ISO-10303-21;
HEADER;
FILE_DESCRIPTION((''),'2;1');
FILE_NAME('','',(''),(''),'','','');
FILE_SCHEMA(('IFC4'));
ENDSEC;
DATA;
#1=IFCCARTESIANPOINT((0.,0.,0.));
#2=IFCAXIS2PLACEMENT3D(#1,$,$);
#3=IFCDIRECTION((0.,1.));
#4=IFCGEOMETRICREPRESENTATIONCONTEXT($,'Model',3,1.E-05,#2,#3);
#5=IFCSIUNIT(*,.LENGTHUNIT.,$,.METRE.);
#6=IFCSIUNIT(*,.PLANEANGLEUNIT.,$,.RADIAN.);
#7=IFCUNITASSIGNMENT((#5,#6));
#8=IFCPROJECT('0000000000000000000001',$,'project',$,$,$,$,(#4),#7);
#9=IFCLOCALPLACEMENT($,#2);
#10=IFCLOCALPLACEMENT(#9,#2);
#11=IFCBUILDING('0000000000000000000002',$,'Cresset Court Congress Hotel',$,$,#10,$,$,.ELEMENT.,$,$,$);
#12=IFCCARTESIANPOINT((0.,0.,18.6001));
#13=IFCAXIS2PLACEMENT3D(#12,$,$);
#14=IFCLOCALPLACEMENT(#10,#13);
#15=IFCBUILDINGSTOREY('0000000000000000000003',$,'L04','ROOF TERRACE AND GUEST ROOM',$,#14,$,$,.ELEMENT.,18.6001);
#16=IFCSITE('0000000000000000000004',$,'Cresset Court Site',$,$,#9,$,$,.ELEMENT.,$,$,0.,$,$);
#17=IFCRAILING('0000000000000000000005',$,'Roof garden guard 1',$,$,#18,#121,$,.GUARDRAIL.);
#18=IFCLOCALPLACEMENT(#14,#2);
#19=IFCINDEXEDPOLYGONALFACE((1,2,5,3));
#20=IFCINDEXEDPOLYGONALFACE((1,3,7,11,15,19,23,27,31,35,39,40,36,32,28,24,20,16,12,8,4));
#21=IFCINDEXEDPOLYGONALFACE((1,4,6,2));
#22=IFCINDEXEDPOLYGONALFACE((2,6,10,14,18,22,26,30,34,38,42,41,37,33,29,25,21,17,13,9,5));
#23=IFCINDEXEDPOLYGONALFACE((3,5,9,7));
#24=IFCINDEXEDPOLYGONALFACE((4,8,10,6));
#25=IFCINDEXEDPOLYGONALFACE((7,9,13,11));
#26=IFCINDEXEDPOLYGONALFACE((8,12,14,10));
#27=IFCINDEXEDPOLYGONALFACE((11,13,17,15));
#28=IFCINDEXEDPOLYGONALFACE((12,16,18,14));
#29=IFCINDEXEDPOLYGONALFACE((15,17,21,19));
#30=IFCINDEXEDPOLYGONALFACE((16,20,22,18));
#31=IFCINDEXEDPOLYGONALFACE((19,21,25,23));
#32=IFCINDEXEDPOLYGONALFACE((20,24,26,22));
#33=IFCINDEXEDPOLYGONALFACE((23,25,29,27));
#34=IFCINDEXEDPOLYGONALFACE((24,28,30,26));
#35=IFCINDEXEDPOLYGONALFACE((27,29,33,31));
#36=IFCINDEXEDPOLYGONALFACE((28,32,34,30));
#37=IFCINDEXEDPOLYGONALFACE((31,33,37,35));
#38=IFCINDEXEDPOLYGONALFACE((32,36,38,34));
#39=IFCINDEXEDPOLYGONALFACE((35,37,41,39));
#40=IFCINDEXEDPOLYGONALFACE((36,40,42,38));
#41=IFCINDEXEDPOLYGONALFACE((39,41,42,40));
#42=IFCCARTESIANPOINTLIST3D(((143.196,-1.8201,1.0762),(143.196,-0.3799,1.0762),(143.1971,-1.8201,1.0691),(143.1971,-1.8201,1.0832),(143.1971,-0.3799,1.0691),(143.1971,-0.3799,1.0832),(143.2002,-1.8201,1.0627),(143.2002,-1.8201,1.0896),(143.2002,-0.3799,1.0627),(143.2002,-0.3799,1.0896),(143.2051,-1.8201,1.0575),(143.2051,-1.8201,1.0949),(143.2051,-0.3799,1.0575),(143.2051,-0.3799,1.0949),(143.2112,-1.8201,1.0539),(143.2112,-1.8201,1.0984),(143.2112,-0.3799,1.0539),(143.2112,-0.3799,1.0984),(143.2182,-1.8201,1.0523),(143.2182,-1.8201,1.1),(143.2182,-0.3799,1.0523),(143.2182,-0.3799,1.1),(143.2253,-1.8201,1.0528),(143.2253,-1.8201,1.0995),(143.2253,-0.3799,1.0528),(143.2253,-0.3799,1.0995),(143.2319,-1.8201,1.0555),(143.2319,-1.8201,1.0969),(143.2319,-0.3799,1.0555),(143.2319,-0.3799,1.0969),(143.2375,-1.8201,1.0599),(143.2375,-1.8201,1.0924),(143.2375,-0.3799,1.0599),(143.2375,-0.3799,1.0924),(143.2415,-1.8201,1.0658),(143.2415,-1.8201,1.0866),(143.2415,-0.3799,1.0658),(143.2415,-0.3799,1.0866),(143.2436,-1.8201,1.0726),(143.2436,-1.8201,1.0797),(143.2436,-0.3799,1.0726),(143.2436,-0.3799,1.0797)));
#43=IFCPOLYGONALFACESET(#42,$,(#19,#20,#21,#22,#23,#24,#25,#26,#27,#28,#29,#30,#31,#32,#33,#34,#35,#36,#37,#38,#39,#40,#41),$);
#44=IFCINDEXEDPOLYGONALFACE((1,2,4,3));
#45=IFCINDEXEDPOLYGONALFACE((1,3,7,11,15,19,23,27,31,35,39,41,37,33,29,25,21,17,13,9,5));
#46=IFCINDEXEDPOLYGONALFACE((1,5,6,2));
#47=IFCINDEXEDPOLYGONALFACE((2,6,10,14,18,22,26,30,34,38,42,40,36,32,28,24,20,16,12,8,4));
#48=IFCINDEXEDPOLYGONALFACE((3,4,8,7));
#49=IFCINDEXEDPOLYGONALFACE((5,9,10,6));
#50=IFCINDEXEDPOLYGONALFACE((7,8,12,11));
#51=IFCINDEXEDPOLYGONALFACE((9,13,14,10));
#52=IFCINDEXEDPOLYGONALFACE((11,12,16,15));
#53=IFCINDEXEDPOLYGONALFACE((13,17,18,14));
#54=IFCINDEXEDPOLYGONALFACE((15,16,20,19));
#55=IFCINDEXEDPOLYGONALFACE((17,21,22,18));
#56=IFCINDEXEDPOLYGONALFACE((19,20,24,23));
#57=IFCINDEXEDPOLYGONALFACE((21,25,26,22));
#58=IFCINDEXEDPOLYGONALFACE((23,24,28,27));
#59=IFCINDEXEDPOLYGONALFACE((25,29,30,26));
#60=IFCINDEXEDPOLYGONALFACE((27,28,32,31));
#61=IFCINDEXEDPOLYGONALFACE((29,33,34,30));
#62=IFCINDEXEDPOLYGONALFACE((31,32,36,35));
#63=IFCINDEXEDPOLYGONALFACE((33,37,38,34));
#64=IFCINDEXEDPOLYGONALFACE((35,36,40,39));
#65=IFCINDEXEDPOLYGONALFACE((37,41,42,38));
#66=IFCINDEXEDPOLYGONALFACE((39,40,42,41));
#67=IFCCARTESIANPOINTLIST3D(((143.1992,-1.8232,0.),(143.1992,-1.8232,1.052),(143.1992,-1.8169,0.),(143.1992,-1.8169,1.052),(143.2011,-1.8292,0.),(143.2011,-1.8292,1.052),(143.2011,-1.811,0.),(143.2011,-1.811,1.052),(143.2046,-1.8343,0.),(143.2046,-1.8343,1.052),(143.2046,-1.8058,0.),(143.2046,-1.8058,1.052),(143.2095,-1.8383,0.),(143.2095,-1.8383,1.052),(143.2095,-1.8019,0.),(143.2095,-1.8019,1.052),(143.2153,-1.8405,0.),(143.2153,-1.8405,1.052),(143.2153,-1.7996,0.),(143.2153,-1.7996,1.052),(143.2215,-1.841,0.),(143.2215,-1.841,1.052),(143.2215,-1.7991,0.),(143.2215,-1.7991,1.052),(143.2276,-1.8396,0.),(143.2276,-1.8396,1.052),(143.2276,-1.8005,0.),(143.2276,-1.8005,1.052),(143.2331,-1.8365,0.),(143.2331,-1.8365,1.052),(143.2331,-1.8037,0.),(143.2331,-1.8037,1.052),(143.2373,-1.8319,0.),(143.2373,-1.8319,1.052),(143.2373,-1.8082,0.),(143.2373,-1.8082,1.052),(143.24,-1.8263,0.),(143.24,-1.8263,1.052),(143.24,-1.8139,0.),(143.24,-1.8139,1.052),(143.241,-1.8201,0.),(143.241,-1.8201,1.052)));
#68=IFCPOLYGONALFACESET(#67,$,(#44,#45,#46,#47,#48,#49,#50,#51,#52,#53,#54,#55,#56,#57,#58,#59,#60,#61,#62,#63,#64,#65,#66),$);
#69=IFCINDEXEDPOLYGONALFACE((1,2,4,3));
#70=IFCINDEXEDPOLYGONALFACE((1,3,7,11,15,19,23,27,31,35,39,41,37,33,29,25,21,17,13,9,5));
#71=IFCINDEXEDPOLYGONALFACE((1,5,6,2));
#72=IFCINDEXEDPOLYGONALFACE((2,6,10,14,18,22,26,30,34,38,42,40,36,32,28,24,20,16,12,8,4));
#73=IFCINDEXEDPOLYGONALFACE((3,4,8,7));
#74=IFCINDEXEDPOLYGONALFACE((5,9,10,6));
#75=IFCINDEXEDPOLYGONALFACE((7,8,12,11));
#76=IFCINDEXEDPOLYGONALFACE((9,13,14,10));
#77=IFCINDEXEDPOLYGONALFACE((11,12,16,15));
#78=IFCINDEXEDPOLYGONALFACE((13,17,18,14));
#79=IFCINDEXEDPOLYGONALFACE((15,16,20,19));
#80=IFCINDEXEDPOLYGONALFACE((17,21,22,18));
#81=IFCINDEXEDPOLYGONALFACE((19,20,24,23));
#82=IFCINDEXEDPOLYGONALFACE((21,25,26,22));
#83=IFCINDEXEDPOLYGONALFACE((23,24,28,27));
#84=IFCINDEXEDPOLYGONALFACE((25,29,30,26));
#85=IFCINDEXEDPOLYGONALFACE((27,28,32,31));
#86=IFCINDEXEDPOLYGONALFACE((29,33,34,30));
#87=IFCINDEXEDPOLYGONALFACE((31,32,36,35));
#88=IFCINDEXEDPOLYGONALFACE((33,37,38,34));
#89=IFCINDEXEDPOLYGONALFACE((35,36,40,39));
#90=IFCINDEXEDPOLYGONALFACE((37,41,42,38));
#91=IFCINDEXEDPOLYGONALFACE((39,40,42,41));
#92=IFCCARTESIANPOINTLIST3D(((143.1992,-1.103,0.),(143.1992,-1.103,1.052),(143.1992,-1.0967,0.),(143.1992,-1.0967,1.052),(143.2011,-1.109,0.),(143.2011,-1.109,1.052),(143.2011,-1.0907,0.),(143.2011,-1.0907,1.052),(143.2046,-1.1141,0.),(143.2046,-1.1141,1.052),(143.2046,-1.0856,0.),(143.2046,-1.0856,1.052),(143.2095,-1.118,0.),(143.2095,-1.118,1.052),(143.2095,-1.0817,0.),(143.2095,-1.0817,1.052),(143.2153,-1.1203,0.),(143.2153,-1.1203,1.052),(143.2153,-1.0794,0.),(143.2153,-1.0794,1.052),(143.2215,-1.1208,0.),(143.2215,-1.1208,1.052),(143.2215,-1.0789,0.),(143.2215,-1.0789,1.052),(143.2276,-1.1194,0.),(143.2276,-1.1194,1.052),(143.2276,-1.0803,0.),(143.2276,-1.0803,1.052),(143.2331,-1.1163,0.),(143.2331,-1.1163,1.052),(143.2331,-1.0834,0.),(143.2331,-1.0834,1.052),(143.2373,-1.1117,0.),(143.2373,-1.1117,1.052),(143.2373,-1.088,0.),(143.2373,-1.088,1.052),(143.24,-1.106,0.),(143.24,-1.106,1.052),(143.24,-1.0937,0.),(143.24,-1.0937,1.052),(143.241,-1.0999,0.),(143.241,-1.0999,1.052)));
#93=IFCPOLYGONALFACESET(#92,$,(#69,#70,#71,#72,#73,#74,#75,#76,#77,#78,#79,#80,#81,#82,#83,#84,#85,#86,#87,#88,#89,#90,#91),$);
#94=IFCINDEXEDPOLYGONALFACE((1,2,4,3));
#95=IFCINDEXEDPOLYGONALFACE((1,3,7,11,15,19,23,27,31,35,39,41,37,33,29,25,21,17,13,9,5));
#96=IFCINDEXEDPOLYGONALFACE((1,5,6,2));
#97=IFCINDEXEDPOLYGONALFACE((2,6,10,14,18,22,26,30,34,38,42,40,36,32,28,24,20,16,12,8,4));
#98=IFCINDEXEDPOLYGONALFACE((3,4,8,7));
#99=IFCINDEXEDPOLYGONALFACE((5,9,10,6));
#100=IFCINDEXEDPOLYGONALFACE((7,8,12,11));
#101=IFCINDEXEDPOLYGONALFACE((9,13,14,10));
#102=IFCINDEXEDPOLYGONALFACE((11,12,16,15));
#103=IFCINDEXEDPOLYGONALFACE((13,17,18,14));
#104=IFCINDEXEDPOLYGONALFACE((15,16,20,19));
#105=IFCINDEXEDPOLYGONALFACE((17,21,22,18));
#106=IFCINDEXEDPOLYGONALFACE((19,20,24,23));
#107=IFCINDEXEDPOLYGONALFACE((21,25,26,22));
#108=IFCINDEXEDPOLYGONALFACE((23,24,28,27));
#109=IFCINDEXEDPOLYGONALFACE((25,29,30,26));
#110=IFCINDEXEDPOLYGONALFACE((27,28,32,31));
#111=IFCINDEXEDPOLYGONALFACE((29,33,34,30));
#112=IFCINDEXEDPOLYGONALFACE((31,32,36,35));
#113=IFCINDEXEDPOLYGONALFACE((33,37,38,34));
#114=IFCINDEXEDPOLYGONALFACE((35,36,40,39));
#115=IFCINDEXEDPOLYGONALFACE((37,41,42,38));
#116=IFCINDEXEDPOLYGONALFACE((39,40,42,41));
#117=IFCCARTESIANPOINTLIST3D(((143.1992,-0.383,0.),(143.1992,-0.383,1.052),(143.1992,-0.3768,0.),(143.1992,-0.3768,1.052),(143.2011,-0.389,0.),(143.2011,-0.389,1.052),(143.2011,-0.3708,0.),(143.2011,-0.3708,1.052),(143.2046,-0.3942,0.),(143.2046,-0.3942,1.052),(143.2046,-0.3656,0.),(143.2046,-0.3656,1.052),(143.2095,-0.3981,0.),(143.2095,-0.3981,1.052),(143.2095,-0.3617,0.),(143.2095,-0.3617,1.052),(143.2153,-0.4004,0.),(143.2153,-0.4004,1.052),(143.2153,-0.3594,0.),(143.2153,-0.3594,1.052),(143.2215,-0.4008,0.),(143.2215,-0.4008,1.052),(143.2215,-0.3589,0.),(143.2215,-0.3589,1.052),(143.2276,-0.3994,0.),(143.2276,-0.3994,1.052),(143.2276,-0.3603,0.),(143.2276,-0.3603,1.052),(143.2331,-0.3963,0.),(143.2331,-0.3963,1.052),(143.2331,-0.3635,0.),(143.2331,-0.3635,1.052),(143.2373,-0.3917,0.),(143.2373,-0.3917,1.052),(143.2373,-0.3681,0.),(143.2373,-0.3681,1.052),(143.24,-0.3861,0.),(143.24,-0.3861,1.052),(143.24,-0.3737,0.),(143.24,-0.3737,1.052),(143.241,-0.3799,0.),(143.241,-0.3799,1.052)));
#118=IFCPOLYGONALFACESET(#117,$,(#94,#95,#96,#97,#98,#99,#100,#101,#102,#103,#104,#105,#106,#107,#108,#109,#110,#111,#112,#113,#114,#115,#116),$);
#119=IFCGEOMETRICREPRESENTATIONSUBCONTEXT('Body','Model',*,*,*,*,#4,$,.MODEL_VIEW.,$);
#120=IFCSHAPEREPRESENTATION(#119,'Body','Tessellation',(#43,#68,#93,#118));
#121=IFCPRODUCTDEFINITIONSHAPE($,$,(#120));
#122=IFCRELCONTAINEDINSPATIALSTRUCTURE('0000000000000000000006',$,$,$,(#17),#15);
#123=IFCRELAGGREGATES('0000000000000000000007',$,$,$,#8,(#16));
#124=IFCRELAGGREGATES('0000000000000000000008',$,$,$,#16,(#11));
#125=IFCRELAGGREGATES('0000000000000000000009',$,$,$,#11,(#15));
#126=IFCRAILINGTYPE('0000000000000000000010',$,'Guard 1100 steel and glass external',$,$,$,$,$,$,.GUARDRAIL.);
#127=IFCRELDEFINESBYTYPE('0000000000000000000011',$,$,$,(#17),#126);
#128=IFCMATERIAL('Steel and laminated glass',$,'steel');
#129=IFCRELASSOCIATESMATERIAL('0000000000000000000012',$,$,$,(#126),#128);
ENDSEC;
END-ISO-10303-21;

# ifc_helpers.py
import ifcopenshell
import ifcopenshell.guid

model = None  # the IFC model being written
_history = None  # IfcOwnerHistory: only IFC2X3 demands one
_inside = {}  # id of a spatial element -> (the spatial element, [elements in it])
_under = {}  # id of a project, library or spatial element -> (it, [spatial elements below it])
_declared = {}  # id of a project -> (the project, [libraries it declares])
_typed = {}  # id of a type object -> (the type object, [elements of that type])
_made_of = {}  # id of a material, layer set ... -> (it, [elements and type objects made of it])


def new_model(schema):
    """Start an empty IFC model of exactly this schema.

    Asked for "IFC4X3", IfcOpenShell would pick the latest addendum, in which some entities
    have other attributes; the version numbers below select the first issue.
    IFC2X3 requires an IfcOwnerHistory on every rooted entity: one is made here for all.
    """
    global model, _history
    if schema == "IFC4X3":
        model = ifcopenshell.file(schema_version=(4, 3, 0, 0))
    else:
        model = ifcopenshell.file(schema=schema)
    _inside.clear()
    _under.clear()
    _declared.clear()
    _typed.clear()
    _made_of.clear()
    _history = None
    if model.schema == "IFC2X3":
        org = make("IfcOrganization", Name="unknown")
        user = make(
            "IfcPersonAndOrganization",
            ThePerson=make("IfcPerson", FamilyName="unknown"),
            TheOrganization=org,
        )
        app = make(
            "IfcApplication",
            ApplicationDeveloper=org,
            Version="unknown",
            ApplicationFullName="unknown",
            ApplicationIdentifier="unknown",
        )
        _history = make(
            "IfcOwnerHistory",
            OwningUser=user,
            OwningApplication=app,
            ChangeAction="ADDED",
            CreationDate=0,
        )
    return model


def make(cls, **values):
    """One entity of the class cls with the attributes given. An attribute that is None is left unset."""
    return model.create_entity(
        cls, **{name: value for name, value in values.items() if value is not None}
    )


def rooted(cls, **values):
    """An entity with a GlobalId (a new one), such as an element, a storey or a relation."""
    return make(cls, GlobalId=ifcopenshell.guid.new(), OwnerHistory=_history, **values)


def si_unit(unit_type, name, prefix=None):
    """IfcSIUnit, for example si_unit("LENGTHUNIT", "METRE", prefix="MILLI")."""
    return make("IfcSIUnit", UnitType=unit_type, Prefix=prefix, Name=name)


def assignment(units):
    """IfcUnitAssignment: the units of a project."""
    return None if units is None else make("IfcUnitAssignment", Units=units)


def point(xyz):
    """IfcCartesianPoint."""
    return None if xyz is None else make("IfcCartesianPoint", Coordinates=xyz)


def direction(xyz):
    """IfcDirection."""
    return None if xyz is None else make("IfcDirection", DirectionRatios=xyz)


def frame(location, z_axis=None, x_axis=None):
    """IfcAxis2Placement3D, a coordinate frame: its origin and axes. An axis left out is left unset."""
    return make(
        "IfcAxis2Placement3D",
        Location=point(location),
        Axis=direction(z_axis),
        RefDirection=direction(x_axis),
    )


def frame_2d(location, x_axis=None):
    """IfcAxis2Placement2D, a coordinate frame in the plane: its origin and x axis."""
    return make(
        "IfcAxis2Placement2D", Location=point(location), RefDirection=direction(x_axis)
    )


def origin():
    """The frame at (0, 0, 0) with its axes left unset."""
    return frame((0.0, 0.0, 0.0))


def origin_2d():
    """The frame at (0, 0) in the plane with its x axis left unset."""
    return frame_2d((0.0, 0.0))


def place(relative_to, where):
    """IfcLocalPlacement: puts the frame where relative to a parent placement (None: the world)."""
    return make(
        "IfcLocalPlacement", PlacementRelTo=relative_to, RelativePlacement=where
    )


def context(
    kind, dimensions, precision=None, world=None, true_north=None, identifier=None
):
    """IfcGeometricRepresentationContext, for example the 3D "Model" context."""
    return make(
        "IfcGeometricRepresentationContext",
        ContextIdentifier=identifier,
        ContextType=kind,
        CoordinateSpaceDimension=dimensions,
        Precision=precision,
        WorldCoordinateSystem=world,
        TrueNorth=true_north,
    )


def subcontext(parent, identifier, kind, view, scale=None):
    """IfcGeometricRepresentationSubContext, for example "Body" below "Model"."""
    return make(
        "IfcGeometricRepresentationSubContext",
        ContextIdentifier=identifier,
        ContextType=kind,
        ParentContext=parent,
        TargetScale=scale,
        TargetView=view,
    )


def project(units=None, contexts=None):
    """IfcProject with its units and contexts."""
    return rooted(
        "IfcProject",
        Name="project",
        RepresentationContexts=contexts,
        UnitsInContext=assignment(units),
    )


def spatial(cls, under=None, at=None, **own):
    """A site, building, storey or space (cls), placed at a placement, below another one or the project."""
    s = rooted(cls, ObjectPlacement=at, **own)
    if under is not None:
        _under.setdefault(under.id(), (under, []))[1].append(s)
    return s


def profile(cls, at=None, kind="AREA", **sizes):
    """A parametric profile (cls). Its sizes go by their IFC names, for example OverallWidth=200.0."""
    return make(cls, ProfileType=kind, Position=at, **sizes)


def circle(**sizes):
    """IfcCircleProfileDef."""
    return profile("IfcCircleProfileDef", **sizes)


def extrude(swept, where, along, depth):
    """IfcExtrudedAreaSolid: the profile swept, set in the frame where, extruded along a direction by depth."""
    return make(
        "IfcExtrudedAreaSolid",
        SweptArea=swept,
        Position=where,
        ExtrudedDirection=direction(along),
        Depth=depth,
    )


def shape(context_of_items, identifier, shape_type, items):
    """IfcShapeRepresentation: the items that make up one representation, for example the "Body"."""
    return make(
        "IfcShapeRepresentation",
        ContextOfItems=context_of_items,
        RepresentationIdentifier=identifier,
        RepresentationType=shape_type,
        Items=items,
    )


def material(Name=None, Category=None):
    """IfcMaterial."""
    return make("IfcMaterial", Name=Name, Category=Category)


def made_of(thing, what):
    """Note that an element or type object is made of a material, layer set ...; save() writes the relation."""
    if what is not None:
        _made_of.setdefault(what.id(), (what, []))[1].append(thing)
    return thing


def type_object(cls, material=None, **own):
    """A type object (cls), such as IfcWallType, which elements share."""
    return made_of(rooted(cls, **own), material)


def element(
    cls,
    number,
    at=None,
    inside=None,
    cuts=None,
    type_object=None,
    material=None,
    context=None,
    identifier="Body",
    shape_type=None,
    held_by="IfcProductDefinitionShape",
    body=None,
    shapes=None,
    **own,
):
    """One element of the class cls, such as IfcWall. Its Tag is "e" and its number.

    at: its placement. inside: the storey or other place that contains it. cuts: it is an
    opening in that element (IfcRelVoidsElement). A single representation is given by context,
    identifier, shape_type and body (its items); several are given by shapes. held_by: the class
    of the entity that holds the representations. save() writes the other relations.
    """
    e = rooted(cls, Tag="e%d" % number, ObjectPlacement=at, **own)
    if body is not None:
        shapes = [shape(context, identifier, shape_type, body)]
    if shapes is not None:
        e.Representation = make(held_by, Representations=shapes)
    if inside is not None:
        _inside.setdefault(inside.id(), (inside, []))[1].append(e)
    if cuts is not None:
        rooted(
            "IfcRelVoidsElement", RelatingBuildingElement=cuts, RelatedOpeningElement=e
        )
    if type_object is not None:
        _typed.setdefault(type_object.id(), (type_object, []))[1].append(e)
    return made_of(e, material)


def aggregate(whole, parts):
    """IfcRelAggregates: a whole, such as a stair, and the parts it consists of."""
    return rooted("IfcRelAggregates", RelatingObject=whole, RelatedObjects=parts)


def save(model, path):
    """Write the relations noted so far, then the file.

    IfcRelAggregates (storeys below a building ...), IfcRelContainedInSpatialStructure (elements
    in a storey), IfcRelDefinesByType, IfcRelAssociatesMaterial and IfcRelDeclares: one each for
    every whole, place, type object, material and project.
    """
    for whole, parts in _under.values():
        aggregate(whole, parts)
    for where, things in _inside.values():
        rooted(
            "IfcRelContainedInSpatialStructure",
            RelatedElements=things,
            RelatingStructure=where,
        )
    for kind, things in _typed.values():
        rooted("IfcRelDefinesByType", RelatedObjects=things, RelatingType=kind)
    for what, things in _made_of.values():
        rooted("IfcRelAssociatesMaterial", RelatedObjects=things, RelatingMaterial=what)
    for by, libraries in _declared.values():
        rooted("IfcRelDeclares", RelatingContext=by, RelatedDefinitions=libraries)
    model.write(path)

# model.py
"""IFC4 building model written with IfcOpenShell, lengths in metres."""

from ifc_helpers import new_model, si_unit, direction, frame, origin, origin_2d, place, context, subcontext, project, spatial, circle, extrude, material, type_object, element, save


model = new_model("IFC4")

# Units and contexts
model_context = context("Model", 3, precision=1e-05, world=origin(), true_north=direction((0.0, 1.0)))
body_context = subcontext(model_context, "Body", "Model", "MODEL_VIEW")
ifc_project = project(units=[si_unit("LENGTHUNIT", "METRE"), si_unit("PLANEANGLEUNIT", "RADIAN")], contexts=[model_context])

# Site, building, storey
site_placement = place(None, origin())
site = spatial("IfcSite", under=ifc_project, at=site_placement, Name="Cresset Court Site", CompositionType="ELEMENT", RefElevation=0.0)
building_placement = place(site_placement, origin())
building = spatial("IfcBuilding", under=site, at=building_placement, Name="Cresset Court Congress Hotel", CompositionType="ELEMENT")
storey_placement = place(building_placement, frame((0.0, 0.0, 18.6001)))
storey = spatial("IfcBuildingStorey", under=building, at=storey_placement, Name="L04", Description="ROOF TERRACE AND GUEST ROOM", CompositionType="ELEMENT", Elevation=18.6001)

# Railing
ifc_material_1 = material(Name="Steel and laminated glass", Category="steel")
railing_type = type_object("IfcRailingType", Name="Guard 1100 steel and glass external", PredefinedType="GUARDRAIL", material=ifc_material_1)
railing_1_placement = place(storey_placement, frame((143.22, -1.8201, 0.0)))
element("IfcRailing", 1, at=railing_1_placement, inside=storey, type_object=railing_type, Name="Roof garden guard 1", PredefinedType="GUARDRAIL", context=body_context, shape_type="SweptSolid", body=[
    extrude(circle(Radius=0.0239, at=origin_2d()), frame((0.0, 0.0, 1.0762), z_axis=(0.0, 1.0, 0.0), x_axis=(-1.0, 0.0, 0.0)), (0.0, 0.0, 1.0), 1.4402),
    extrude(circle(Radius=0.021, at=origin_2d()), origin(), (0.0, 0.0, 1.0), 1.052),
    extrude(circle(Radius=0.021, at=origin_2d()), frame((0.0, 0.7202, 0.0)), (0.0, 0.0, 1.0), 1.052),
    extrude(circle(Radius=0.021, at=origin_2d()), frame((0.0, 1.4402, 0.0)), (0.0, 0.0, 1.0), 1.052),
])

save(model, "model.ifc")
